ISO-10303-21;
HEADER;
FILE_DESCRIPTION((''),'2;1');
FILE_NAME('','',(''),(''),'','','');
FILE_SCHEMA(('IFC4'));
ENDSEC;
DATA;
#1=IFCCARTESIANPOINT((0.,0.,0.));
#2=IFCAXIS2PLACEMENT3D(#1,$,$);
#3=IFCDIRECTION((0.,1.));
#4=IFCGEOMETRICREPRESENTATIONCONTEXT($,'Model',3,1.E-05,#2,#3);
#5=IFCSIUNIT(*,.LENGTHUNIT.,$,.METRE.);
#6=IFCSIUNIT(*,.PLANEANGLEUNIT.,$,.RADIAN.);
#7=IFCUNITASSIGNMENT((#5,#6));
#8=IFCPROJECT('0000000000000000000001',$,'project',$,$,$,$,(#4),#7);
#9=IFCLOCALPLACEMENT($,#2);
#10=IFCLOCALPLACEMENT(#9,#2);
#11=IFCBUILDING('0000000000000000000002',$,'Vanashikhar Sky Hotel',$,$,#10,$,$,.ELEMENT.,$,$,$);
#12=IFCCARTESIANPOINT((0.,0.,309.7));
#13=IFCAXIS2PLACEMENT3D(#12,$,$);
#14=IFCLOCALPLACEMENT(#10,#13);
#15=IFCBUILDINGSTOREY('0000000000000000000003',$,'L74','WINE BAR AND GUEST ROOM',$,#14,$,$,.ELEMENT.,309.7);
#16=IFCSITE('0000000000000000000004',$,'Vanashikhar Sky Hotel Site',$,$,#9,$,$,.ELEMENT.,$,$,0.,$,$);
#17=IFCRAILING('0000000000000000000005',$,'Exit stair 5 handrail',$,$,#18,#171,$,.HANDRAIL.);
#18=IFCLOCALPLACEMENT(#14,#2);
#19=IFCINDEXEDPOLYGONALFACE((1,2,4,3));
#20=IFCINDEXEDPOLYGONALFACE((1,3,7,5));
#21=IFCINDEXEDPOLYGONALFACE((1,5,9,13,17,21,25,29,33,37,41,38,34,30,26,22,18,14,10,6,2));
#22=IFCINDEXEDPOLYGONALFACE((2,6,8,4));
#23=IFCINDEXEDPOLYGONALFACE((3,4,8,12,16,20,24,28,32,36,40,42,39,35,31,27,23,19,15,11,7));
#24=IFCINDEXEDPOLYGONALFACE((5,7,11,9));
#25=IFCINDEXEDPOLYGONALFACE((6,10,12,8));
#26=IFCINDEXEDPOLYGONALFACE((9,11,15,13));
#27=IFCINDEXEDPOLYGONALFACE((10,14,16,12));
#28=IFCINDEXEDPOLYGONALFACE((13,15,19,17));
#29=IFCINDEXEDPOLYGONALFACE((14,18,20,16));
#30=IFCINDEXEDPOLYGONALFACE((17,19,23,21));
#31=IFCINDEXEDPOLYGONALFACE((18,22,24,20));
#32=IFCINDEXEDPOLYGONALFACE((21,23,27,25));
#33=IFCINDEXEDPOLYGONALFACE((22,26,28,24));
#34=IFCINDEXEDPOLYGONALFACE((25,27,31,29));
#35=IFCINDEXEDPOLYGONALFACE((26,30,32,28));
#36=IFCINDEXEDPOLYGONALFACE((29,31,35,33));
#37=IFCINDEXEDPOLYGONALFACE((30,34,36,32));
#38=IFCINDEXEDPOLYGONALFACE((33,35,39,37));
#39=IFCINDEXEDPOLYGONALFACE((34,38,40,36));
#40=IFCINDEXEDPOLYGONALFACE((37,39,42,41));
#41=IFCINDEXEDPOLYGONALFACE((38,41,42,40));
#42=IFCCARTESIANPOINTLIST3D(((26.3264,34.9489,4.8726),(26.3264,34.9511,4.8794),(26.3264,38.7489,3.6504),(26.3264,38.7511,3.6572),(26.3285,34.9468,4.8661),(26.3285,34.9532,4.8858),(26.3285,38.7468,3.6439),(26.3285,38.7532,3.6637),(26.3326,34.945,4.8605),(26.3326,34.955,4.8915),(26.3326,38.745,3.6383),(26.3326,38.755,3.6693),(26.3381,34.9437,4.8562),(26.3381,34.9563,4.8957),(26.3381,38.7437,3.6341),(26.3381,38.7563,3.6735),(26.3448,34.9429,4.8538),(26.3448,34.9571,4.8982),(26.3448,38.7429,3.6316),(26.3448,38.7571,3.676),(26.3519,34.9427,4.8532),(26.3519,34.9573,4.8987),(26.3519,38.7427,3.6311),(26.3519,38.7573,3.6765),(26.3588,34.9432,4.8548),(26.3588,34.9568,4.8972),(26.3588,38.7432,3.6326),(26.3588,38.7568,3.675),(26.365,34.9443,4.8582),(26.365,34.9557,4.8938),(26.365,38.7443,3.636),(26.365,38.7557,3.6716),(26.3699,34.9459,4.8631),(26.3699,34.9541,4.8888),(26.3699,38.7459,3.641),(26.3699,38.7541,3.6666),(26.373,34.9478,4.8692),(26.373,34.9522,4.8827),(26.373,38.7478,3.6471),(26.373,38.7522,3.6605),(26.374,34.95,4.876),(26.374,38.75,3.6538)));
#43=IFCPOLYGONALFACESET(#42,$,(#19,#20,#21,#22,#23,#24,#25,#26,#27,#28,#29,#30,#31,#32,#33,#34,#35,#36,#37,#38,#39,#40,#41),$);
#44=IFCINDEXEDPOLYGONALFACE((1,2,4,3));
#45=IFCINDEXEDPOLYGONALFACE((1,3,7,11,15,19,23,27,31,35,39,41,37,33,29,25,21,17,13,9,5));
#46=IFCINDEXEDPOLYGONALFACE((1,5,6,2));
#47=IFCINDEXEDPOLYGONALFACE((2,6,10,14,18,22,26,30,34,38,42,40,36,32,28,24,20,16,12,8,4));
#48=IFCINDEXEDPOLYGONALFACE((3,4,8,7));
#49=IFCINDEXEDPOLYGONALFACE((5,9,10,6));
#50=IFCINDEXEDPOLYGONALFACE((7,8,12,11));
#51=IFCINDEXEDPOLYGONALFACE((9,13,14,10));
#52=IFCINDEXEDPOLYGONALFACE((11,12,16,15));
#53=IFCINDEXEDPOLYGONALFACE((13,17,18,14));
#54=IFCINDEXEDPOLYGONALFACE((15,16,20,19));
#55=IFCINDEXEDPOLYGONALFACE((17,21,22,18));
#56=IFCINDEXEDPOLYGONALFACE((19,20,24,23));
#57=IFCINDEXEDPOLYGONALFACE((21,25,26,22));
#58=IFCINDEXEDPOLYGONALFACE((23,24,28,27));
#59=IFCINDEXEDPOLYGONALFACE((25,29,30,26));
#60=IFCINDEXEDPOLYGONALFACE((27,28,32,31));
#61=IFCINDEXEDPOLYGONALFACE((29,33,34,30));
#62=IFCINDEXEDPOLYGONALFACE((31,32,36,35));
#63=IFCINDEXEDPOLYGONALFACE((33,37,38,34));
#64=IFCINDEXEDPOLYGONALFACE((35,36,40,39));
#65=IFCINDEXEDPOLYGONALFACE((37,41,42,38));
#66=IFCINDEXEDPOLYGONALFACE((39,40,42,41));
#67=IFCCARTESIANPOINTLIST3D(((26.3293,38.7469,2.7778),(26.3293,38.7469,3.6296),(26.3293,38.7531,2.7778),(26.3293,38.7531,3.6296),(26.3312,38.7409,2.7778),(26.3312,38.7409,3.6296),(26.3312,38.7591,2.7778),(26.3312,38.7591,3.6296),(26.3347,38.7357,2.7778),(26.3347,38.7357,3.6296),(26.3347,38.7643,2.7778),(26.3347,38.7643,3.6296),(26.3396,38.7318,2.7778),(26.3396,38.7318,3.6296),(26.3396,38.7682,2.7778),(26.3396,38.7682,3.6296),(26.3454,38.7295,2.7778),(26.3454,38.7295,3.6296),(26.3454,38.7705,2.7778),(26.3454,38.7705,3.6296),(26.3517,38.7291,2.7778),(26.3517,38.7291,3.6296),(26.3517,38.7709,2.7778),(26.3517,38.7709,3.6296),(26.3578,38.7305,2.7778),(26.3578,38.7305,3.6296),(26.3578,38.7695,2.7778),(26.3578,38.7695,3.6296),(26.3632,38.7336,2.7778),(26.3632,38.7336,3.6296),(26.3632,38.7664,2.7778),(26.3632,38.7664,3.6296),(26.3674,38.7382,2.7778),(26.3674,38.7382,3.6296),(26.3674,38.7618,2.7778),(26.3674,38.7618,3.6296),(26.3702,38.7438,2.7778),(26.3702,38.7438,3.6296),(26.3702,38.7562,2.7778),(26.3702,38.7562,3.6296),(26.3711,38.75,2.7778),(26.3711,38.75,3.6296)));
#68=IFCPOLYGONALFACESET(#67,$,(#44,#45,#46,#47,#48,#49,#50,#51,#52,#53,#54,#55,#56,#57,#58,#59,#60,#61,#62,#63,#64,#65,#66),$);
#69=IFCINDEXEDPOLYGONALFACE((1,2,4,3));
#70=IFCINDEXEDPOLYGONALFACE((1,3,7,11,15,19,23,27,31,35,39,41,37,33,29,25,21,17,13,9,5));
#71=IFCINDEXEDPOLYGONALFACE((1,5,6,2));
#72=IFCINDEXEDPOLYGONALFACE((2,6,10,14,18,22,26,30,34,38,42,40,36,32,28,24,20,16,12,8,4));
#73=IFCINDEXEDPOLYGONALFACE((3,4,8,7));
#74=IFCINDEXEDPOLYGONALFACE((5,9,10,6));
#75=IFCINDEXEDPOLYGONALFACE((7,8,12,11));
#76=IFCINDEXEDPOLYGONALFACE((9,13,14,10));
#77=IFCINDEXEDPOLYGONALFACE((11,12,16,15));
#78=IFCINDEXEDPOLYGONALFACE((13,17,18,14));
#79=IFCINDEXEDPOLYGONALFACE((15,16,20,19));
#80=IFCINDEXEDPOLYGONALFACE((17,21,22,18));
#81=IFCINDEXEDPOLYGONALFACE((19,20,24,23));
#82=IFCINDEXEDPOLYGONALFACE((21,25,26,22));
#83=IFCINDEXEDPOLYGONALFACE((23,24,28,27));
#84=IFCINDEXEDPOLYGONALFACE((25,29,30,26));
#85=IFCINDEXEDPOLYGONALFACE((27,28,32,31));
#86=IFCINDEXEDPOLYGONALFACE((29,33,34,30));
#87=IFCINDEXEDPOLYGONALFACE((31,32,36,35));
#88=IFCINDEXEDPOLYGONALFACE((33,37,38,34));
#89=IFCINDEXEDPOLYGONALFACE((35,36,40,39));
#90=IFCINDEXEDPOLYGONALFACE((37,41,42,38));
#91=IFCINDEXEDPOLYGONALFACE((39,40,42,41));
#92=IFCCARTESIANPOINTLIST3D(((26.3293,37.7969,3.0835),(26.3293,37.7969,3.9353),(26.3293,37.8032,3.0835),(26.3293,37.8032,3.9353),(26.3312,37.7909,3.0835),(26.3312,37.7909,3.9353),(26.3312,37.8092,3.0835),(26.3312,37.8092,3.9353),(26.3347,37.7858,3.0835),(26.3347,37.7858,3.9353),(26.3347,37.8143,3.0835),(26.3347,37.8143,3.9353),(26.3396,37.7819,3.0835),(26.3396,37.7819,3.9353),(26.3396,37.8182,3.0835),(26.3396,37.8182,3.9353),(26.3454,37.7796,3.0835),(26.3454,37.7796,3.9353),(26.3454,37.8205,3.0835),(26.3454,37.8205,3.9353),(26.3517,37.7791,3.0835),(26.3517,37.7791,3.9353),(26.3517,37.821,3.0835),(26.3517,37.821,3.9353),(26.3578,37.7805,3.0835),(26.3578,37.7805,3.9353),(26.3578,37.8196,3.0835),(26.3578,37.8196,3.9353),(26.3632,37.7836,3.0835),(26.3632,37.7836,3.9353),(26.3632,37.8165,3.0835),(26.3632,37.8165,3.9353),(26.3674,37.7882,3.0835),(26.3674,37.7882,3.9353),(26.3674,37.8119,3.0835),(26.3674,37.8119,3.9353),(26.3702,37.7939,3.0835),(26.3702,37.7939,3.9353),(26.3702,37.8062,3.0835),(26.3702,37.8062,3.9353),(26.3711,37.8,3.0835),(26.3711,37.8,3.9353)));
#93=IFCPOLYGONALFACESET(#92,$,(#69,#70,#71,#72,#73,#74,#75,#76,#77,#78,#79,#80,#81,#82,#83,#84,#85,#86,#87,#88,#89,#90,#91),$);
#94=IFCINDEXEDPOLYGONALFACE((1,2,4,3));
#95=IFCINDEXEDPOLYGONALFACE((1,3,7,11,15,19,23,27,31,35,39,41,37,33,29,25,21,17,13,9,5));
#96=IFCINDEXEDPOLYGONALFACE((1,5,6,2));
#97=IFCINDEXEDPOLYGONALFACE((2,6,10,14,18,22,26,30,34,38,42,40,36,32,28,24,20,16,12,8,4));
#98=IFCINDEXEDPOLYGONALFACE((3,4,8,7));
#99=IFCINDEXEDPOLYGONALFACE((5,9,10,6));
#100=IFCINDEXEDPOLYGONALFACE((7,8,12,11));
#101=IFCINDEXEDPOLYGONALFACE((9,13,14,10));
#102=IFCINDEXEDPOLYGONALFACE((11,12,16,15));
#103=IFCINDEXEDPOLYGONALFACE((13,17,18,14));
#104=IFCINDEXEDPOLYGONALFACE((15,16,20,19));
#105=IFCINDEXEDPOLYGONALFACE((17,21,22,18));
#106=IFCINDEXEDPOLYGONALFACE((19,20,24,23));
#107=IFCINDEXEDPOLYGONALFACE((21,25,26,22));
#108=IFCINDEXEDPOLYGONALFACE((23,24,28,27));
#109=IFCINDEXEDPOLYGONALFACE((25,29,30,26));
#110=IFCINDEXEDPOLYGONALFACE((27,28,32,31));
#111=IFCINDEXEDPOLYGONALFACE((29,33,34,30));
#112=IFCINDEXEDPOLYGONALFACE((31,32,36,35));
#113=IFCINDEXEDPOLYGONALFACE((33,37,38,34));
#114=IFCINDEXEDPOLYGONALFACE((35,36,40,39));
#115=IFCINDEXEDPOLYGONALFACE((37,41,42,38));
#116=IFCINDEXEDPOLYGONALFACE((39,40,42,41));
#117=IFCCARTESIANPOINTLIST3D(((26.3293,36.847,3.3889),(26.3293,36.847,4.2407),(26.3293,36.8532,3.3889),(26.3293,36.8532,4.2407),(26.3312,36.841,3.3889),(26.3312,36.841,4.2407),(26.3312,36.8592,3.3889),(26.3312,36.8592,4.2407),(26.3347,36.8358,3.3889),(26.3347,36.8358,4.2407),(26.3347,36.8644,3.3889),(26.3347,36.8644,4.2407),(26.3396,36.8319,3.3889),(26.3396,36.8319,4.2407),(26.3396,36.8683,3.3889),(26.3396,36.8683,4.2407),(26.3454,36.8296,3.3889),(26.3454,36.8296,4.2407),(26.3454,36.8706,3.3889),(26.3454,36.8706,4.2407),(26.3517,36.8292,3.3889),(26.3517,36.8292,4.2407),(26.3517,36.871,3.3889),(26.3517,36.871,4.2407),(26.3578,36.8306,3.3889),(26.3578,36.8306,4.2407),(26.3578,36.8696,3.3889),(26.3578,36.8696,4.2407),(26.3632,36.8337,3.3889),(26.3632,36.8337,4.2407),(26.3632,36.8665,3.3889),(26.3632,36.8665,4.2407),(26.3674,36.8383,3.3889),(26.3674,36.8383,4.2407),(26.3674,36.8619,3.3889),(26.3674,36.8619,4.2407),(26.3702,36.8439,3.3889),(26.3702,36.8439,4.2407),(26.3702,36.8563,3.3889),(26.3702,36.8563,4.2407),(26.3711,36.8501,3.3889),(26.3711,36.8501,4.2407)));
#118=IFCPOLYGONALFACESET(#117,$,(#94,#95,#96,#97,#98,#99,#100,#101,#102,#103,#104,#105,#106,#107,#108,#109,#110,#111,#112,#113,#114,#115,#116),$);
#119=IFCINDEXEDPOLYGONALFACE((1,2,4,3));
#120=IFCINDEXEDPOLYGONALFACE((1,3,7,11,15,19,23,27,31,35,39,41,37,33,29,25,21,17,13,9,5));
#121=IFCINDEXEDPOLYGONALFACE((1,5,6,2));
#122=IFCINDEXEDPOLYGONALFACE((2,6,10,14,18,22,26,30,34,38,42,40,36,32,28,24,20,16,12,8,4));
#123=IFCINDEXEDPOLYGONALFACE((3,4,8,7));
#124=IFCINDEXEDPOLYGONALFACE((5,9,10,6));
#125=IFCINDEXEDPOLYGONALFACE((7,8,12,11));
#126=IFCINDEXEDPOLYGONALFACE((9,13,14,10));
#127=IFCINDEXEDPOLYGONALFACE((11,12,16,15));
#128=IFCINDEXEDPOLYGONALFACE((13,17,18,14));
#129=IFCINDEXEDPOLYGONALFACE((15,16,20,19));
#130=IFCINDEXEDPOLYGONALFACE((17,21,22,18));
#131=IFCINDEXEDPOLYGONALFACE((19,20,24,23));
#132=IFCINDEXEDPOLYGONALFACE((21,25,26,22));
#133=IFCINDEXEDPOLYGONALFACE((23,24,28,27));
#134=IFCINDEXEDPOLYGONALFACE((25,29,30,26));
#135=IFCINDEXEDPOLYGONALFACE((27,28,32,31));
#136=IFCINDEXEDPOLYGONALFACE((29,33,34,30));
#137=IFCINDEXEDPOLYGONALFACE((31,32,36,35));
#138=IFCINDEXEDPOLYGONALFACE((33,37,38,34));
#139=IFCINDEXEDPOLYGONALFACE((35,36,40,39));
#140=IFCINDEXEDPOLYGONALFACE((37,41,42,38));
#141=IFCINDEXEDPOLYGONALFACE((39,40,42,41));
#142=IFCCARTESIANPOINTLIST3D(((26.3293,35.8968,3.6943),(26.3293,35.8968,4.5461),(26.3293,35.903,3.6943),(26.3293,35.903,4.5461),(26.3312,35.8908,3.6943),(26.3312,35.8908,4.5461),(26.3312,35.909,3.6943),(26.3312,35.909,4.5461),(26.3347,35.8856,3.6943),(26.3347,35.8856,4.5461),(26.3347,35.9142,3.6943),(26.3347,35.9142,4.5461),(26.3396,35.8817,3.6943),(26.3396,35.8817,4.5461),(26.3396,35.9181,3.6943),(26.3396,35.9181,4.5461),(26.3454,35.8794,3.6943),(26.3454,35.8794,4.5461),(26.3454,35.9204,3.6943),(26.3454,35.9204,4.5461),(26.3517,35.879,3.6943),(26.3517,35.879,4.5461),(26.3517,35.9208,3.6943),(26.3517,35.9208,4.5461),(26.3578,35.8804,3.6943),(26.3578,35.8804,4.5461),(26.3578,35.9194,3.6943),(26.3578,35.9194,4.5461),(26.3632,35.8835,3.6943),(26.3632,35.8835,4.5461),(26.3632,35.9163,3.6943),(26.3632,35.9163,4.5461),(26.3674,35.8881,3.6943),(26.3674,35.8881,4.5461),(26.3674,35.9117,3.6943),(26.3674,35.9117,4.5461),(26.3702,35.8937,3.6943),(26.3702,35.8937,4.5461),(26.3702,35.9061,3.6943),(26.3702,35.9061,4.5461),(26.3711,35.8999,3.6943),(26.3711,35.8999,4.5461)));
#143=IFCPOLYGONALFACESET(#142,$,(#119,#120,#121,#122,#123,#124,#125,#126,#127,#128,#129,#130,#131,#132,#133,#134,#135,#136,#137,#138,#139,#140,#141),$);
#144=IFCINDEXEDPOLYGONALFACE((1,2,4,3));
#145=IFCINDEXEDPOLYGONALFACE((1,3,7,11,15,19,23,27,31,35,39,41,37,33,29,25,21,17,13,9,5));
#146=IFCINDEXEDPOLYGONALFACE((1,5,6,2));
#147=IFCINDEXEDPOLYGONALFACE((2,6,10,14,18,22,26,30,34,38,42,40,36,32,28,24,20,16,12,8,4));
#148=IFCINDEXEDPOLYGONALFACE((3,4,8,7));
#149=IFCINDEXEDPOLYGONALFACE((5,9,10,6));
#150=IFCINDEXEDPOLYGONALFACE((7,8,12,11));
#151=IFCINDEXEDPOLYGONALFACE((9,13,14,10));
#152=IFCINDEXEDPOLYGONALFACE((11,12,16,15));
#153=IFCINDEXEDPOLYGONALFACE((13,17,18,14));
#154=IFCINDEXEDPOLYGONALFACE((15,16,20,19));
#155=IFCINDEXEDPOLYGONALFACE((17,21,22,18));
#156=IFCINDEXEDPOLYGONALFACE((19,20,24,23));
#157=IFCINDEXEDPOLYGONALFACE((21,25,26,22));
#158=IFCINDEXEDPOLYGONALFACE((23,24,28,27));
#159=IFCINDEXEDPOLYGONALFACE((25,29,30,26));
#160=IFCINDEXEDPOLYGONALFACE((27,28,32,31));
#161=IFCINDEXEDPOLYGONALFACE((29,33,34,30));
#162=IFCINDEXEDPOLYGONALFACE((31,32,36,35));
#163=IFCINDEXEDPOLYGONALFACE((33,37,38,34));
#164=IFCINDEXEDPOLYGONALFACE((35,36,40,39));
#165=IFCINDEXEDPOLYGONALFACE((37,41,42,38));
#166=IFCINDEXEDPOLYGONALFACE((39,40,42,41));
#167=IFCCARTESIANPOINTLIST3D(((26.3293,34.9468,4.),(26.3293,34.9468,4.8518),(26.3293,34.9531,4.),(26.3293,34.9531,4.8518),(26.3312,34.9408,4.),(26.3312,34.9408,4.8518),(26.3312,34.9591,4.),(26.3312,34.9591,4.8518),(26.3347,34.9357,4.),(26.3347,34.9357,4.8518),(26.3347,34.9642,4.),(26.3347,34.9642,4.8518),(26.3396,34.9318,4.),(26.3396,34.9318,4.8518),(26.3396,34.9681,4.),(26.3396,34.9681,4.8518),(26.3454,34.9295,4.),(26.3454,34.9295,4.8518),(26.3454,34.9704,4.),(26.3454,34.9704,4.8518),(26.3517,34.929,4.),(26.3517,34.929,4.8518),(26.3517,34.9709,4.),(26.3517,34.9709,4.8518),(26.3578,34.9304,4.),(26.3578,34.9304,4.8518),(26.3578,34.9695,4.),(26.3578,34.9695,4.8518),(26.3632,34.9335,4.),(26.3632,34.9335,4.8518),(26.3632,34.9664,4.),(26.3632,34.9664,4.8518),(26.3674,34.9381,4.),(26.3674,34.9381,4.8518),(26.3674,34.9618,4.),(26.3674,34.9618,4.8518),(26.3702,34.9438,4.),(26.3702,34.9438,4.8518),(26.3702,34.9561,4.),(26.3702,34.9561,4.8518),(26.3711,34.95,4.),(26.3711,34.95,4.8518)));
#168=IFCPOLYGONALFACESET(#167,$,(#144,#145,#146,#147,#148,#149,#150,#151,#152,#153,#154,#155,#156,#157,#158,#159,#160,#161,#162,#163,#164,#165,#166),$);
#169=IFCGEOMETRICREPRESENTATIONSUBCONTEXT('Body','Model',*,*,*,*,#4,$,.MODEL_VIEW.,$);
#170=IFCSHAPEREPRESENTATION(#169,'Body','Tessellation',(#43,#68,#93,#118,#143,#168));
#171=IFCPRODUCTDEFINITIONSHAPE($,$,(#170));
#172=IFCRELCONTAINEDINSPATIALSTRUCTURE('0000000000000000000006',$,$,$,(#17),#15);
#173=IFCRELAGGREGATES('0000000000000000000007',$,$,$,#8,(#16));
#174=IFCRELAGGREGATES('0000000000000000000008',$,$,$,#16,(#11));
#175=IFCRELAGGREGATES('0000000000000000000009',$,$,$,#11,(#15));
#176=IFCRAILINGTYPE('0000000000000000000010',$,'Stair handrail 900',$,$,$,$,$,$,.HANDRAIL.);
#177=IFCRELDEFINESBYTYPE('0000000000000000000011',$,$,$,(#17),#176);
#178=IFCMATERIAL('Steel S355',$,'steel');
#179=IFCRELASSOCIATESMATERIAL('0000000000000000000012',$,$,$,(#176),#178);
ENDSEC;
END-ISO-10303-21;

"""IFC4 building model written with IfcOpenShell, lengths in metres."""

from ifc_helpers import new_model, si_unit, direction, frame, origin, origin_2d, place, context, subcontext, project, spatial, circle, extrude, source, transform, mapped, material, type_object, element, save


model = new_model("IFC4")

# Units and contexts
model_context = context("Model", 3, precision=1e-05, world=origin(), true_north=direction((0.0, 1.0)))
body_context = subcontext(model_context, "Body", "Model", "MODEL_VIEW")
ifc_project = project(units=[si_unit("LENGTHUNIT", "METRE"), si_unit("PLANEANGLEUNIT", "RADIAN")], contexts=[model_context])

# Site, building, storey
site_placement = place(None, origin())
site = spatial("IfcSite", under=ifc_project, at=site_placement, Name="Vanashikhar Sky Hotel Site", CompositionType="ELEMENT", RefElevation=0.0)
building_placement = place(site_placement, origin())
building = spatial("IfcBuilding", under=site, at=building_placement, Name="Vanashikhar Sky Hotel", CompositionType="ELEMENT")
storey_placement = place(building_placement, frame((0.0, 0.0, 309.7)))
storey = spatial("IfcBuildingStorey", under=building, at=storey_placement, Name="L74", Description="WINE BAR AND GUEST ROOM", CompositionType="ELEMENT", Elevation=309.7)

# Railing
ifc_material_1 = material(Name="Steel S355", Category="steel")
railing_type_1 = type_object("IfcRailingType", Name="Stair handrail 900", PredefinedType="HANDRAIL", material=ifc_material_1)
shared_shape_1 = source(origin(), body_context, "Body", "SweptSolid", [
    extrude(circle(Radius=0.0239, at=origin_2d()), frame((0.0, 0.0, 0.876), z_axis=(0.0, -0.951976, 0.306173), x_axis=(1.0, 0.0, 0.0)), (0.0, 0.0, 1.0), 3.9917),
    extrude(circle(Radius=0.021, at=origin_2d()), origin(), (0.0, 0.0, 1.0), 0.8518),
    extrude(circle(Radius=0.021, at=origin_2d()), frame((0.0, -0.95, 0.3057)), (0.0, 0.0, 1.0), 0.8518),
    extrude(circle(Radius=0.021, at=origin_2d()), frame((0.0, -1.8999, 0.6111)), (0.0, 0.0, 1.0), 0.8518),
    extrude(circle(Radius=0.021, at=origin_2d()), frame((0.0, -2.8501, 0.9165)), (0.0, 0.0, 1.0), 0.8518),
    extrude(circle(Radius=0.021, at=origin_2d()), frame((0.0, -3.8, 1.2222)), (0.0, 0.0, 1.0), 0.8518),
])
for number, where, name in (
    (1, (26.3501, 38.75, 2.7778), "Exit stair 5 handrail"),
):
    element("IfcRailing", number, at=place(storey_placement, frame(where)), inside=storey, type_object=railing_type_1, Name=name, PredefinedType="HANDRAIL", context=body_context, shape_type="MappedRepresentation", body=[
        mapped(shared_shape_1, transform((0.0, 0.0, 0.0), scale=1.0)),
    ])

save(model, "model.ifc")
